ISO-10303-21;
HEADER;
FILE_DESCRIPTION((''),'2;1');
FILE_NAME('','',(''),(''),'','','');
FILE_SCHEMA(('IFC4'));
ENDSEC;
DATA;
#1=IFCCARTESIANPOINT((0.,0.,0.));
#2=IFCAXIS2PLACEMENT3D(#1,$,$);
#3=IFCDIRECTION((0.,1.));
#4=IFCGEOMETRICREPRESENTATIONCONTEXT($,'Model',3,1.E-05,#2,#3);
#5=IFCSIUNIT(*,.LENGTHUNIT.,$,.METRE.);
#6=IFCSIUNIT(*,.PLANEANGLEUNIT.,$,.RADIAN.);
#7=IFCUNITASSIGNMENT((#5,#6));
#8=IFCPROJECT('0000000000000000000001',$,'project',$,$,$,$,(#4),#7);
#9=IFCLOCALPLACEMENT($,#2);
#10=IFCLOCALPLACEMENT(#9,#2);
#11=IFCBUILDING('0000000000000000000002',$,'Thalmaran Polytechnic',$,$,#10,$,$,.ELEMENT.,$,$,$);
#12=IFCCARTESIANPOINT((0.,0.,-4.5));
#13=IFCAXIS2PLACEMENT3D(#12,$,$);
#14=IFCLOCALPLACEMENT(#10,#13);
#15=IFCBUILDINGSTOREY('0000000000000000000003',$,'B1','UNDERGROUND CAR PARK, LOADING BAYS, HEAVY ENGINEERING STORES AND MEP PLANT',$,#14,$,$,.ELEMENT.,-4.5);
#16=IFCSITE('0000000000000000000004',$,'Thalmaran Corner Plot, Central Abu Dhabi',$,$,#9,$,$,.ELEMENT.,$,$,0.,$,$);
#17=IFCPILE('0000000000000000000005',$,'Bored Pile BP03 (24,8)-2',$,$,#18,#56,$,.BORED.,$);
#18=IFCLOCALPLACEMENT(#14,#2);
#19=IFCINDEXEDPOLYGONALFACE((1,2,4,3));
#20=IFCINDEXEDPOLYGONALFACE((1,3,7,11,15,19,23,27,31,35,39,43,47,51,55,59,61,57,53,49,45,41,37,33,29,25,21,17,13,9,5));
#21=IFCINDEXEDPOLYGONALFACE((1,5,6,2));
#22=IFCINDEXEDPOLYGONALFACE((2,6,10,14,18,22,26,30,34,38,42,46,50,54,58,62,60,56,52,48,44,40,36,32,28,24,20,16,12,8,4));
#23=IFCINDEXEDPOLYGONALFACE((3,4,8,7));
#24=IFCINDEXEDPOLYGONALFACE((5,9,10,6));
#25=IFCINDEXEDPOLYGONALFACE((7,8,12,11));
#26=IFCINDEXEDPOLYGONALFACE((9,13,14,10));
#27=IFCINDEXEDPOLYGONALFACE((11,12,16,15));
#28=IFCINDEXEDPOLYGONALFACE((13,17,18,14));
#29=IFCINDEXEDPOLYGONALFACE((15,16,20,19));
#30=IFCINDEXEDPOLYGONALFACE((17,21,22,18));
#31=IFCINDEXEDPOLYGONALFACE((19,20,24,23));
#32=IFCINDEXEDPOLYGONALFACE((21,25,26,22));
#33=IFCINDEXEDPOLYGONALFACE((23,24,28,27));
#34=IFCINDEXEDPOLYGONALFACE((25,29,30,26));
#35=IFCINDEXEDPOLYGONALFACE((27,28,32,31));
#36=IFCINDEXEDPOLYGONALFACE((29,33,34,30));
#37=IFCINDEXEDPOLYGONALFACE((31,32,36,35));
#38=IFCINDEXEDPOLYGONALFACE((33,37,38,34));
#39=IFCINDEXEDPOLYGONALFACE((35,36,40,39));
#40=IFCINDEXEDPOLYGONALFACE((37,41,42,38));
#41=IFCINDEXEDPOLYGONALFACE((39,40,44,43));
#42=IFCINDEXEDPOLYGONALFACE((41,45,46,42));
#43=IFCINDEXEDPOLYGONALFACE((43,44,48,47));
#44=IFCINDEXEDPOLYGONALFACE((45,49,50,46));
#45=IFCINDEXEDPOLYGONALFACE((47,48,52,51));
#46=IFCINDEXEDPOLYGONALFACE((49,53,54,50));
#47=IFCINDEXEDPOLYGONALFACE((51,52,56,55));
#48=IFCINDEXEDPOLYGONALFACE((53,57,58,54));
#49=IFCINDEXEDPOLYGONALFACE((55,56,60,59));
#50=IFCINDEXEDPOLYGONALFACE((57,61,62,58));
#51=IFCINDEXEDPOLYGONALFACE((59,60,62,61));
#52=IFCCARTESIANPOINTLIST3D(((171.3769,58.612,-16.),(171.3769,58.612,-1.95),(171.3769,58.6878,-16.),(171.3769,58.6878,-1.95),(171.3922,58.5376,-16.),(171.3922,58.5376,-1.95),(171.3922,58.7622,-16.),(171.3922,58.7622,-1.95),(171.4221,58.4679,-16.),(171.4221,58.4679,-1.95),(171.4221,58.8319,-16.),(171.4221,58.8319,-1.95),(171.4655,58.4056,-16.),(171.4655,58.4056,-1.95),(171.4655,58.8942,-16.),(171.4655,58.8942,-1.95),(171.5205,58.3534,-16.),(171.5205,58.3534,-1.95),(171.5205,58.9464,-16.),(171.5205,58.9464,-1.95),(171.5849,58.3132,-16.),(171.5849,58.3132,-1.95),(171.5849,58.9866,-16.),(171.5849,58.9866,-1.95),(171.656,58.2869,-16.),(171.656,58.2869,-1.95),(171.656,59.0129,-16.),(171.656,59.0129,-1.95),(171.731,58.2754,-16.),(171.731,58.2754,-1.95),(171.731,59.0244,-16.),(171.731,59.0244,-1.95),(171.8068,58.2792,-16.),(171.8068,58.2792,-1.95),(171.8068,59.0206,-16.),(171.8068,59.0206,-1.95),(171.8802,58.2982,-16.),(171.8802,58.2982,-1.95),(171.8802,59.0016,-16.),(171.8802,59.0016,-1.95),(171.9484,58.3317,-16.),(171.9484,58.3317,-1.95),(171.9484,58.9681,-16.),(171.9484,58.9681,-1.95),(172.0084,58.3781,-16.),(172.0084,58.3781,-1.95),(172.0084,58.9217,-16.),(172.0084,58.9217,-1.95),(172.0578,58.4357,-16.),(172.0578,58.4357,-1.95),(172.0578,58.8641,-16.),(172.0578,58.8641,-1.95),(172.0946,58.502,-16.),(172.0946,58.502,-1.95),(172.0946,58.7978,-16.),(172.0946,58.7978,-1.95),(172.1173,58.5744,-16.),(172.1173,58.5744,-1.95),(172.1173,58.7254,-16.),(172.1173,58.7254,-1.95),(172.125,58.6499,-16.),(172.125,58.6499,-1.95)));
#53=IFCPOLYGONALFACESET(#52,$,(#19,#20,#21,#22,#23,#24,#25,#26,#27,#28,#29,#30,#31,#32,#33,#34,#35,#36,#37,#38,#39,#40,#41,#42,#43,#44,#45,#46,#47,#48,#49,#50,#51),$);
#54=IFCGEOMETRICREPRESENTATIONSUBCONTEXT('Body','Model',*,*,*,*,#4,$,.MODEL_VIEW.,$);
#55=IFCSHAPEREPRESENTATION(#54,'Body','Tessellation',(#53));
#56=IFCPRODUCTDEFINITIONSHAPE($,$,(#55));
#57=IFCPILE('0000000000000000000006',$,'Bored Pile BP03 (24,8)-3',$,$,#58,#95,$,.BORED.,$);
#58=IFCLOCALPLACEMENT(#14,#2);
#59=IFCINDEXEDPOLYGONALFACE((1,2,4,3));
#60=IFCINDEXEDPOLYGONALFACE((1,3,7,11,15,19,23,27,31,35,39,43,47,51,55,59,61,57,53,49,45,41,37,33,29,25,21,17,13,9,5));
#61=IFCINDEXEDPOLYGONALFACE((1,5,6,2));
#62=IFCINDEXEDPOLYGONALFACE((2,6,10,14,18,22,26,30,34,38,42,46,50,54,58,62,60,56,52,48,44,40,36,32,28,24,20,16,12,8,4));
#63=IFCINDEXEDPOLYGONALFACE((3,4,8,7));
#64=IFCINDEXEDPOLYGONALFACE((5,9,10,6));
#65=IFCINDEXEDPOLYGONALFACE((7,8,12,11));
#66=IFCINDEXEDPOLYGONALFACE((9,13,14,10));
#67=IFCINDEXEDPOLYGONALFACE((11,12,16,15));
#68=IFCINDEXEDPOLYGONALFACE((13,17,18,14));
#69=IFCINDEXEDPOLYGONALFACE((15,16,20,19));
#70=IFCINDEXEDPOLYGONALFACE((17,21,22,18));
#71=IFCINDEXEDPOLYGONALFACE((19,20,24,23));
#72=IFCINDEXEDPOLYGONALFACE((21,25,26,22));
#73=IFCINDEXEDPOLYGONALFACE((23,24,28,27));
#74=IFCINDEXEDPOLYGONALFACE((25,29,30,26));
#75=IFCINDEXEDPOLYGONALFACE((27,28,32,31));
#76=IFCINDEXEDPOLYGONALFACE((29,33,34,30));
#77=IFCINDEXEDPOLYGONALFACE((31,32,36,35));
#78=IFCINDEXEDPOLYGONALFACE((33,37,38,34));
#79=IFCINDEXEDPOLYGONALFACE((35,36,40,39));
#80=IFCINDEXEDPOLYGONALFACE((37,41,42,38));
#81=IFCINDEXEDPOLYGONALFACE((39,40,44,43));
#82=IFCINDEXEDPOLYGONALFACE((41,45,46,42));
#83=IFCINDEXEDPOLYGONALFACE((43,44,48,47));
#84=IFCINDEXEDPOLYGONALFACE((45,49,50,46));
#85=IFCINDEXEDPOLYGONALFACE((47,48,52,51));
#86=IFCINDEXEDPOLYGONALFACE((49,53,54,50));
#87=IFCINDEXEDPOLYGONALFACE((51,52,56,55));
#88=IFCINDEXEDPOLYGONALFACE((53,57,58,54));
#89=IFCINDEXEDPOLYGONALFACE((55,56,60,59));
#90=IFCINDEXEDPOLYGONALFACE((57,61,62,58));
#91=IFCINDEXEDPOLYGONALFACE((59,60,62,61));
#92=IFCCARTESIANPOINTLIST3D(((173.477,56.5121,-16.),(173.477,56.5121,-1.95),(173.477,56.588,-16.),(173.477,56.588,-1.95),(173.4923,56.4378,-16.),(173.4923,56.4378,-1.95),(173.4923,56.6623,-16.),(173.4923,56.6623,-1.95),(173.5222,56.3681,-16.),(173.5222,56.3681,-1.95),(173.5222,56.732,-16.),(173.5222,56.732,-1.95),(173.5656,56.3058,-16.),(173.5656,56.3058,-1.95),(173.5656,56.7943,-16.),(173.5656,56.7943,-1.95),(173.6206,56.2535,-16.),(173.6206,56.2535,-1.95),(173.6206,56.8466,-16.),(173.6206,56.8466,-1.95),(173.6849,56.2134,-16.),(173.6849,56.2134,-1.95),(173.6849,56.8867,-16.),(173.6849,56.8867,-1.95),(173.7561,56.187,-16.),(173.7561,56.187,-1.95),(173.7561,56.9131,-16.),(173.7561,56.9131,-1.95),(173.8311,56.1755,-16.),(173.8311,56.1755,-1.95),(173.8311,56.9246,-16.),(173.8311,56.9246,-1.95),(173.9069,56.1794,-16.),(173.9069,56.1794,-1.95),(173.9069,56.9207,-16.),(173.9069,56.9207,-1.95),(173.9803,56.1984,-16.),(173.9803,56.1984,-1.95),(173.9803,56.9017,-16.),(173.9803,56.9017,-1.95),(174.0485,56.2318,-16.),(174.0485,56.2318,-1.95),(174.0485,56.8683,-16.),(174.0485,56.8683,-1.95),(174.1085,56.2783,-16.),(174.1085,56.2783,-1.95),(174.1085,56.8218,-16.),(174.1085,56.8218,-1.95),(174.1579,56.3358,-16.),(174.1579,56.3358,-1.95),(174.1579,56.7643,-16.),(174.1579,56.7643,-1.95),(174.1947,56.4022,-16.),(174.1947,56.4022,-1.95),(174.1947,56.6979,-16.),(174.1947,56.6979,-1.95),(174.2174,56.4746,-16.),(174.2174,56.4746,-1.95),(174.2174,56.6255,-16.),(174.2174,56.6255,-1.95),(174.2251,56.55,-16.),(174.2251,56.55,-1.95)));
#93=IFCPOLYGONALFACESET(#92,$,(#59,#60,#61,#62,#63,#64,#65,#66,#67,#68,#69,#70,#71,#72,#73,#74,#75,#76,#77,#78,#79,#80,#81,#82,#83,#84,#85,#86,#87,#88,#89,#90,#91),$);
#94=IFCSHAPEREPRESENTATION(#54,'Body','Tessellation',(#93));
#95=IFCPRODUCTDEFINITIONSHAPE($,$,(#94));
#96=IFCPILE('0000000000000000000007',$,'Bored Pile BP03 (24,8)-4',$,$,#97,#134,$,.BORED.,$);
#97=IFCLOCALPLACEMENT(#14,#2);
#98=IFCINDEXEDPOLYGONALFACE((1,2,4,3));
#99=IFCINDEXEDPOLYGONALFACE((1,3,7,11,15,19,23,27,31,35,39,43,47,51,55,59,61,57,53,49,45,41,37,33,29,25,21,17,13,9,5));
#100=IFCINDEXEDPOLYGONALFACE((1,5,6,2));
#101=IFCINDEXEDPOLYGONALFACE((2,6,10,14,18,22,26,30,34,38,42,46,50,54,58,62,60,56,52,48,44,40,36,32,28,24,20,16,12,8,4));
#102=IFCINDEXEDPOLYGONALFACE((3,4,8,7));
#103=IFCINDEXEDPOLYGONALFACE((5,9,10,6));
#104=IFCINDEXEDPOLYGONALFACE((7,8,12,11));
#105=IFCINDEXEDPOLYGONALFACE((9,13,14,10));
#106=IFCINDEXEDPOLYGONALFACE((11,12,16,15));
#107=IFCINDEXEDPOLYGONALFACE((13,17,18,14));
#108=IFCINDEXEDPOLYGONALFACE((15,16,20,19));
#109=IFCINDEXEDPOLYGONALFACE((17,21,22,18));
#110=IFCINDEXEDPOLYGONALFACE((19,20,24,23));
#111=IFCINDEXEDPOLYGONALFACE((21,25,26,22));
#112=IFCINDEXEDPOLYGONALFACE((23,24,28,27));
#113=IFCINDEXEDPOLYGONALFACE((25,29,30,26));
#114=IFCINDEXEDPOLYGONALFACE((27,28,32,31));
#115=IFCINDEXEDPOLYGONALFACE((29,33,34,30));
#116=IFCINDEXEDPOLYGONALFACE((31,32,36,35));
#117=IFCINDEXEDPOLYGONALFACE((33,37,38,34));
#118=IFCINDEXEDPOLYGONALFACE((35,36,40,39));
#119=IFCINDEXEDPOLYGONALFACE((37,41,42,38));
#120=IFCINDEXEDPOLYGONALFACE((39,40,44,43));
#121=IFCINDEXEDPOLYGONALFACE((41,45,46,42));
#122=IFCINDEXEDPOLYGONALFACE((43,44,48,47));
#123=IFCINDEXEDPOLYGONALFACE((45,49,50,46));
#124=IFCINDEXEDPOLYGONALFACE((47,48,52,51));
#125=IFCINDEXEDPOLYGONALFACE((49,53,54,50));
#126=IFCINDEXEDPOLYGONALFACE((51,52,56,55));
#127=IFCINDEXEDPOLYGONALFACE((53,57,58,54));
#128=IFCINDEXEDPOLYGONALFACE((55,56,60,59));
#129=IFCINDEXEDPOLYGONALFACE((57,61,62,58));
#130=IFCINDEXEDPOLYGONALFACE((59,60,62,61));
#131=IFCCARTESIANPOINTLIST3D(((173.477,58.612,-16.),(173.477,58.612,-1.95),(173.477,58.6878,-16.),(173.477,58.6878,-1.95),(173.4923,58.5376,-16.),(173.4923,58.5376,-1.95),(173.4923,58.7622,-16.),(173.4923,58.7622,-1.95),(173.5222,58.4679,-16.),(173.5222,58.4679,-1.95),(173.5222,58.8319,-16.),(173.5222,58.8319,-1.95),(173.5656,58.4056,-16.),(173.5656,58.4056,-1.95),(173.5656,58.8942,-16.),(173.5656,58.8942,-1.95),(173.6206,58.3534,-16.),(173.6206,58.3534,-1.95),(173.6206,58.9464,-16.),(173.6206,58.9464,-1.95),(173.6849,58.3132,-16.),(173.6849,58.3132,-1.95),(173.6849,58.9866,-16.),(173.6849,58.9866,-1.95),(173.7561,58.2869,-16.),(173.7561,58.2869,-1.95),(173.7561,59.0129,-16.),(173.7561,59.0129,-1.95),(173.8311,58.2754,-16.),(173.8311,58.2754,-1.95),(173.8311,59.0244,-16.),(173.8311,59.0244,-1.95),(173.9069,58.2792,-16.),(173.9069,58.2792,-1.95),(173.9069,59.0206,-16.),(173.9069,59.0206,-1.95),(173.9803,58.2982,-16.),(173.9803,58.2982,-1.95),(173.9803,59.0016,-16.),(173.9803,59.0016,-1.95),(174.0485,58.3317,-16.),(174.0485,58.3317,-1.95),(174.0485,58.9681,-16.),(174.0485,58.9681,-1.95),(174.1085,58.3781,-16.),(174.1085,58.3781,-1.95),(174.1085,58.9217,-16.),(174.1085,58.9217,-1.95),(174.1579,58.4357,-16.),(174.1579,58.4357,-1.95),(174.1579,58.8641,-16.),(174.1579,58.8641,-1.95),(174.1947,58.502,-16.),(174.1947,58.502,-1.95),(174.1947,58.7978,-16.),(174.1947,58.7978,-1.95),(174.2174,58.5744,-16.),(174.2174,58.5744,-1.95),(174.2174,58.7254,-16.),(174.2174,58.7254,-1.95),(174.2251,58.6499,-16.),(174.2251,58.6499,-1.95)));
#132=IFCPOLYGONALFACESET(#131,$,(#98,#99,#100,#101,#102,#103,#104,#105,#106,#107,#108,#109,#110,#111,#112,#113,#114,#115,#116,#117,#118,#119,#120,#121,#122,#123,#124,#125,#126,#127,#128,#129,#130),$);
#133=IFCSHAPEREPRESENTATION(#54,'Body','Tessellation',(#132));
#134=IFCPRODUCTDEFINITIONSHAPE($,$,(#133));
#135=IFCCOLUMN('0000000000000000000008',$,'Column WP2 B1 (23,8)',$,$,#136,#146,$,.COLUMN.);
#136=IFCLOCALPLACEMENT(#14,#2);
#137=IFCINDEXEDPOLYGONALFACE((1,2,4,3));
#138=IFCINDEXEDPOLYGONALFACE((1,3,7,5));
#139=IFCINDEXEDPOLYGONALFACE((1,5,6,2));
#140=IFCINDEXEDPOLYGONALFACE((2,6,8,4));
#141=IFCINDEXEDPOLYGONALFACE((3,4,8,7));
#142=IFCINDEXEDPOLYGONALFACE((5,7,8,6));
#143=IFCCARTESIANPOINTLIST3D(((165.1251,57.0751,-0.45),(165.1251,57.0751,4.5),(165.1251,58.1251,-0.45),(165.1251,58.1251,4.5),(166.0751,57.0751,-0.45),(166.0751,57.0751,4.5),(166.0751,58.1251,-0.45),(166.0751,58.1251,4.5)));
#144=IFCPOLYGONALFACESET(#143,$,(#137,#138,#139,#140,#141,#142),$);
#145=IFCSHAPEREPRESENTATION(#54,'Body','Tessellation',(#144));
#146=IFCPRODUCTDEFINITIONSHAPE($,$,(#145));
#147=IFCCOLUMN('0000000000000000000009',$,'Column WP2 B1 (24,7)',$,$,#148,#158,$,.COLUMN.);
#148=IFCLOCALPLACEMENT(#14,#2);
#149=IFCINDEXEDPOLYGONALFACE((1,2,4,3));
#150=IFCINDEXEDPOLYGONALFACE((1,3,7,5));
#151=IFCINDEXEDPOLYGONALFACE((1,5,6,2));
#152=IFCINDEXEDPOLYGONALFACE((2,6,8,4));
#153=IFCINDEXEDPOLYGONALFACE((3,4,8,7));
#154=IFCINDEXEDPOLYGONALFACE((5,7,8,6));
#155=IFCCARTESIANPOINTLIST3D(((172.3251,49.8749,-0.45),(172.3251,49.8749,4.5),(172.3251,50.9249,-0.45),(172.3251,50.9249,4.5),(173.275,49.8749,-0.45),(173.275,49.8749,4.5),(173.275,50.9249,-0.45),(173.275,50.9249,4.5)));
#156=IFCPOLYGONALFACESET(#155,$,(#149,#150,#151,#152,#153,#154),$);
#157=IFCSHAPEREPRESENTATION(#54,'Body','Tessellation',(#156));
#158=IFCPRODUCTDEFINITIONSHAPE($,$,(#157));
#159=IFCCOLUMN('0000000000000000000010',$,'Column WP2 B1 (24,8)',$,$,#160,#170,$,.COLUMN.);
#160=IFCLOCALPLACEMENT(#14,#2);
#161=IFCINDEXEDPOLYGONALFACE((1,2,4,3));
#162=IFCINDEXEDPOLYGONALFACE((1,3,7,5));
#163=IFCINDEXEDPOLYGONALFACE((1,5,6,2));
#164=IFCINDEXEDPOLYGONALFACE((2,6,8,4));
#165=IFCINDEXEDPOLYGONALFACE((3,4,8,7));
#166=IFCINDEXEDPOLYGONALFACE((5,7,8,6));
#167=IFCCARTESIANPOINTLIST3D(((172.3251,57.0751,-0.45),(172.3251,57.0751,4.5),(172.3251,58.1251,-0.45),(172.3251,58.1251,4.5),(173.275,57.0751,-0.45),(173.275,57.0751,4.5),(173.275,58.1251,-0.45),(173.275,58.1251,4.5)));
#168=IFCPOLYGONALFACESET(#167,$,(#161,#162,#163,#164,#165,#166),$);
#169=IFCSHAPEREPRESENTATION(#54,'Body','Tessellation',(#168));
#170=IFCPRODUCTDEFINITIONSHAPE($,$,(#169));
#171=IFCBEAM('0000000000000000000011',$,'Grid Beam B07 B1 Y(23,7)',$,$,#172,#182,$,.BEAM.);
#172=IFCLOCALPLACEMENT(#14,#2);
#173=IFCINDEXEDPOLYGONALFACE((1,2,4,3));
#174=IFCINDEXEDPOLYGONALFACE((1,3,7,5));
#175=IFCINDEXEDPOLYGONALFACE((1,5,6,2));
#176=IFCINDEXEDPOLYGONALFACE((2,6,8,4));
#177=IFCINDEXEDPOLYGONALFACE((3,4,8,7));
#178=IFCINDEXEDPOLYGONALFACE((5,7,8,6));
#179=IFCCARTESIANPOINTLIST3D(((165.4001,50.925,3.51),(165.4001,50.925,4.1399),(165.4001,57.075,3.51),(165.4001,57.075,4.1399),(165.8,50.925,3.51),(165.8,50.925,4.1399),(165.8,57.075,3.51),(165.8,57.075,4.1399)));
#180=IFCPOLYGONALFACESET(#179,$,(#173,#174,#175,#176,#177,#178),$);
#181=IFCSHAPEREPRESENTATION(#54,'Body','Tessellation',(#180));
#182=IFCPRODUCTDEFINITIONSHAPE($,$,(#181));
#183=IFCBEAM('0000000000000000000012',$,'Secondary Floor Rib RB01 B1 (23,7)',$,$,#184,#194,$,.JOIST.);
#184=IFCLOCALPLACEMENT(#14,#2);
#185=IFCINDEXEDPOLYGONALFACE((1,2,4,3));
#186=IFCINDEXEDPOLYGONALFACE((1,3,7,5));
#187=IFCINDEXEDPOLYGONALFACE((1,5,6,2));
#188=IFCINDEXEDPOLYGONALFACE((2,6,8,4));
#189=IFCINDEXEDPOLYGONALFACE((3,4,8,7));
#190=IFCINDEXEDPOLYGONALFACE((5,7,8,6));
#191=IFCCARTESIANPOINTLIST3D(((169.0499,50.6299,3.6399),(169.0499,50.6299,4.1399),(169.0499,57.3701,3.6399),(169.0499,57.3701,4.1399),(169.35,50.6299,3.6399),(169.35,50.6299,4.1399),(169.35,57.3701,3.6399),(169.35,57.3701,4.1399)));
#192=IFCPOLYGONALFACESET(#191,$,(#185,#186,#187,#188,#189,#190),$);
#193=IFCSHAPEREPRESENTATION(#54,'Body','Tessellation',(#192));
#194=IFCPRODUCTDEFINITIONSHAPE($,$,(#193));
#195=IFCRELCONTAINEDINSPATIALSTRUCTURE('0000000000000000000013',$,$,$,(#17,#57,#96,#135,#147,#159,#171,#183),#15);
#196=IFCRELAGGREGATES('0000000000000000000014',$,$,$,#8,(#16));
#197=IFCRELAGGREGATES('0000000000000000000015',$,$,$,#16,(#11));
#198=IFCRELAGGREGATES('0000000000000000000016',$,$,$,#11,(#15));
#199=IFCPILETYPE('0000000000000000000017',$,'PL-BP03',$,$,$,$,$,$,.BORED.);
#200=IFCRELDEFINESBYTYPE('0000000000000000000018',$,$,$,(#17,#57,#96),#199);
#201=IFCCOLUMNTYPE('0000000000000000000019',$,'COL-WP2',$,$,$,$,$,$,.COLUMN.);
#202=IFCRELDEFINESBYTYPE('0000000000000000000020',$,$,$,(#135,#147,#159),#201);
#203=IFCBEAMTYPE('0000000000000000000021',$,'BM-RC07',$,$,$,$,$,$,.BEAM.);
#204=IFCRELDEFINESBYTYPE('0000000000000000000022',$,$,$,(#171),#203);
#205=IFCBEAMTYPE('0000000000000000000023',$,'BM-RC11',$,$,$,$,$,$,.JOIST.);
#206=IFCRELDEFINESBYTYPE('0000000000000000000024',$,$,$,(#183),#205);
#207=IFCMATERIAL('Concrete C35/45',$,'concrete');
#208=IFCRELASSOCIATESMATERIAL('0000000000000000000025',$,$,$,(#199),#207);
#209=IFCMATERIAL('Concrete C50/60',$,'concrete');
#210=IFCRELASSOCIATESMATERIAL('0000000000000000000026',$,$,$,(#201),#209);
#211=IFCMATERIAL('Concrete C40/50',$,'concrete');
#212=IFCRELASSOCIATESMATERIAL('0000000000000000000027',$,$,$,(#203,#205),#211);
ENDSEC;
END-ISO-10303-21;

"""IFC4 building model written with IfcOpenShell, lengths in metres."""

from ifc_helpers import new_model, si_unit, direction, frame, origin, origin_2d, place, context, subcontext, project, spatial, rectangle, circle, extrude, material, material_profile, profile_set, type_object, element, save


model = new_model("IFC4")

# Units and contexts
model_context = context("Model", 3, precision=1e-05, world=origin(), true_north=direction((0.0, 1.0)))
body_context = subcontext(model_context, "Body", "Model", "MODEL_VIEW")
ifc_project = project(units=[si_unit("LENGTHUNIT", "METRE"), si_unit("PLANEANGLEUNIT", "RADIAN")], contexts=[model_context])

# Site, building, storey
site_placement = place(None, origin())
site = spatial("IfcSite", under=ifc_project, at=site_placement, Name="Thalmaran Corner Plot, Central Abu Dhabi", CompositionType="ELEMENT", RefElevation=0.0)
building_placement = place(site_placement, origin())
building = spatial("IfcBuilding", under=site, at=building_placement, Name="Thalmaran Polytechnic", CompositionType="ELEMENT")
storey_placement = place(building_placement, frame((0.0, 0.0, -4.5)))
storey = spatial("IfcBuildingStorey", under=building, at=storey_placement, Name="B1", Description="UNDERGROUND CAR PARK, LOADING BAYS, HEAVY ENGINEERING STORES AND MEP PLANT", CompositionType="ELEMENT", Elevation=-4.5)

# Shared definitions
ifc_material_1 = material(Name="Concrete C40/50", Category="concrete")

# Piles
ifc_material_2 = material(Name="Concrete C35/45", Category="concrete")
ifc_material_profile_1 = material_profile(ifc_material_2, circle(Radius=0.375, at=origin_2d()), Name="RC 750 DIA")
ifc_profile_set_1 = profile_set([ifc_material_profile_1], Name="Concrete C35/45")
pile_type_1 = type_object("IfcPileType", Name="PL-BP03", PredefinedType="BORED", material=ifc_profile_set_1)
for number, where, z_axis, x_axis, name in (
    (1, (171.75, 58.6499, -1.95), (0.0, 0.0, -1.0), (1.0, 0.0, 0.0), "Bored Pile BP03 (24,8)-2"),
    (2, (173.8501, 56.55, -1.95), (0.0, 0.0, -1.0), (1.0, 0.0, 0.0), "Bored Pile BP03 (24,8)-3"),
    (3, (173.8501, 58.6499, -1.95), (0.0, 0.0, -1.0), (1.0, 0.0, 0.0), "Bored Pile BP03 (24,8)-4"),
):
    element("IfcPile", number, at=place(storey_placement, frame(where, z_axis=z_axis, x_axis=x_axis)), inside=storey, type_object=pile_type_1, Name=name, PredefinedType="BORED", context=body_context, shape_type="SweptSolid", body=[
        extrude(circle(Radius=0.375, at=origin_2d()), origin(), (0.0, 0.0, 1.0), 14.05),
    ])

# Columns
ifc_material_3 = material(Name="Concrete C50/60", Category="concrete")
ifc_material_profile_2 = material_profile(ifc_material_3, rectangle(XDim=0.95, YDim=1.05, at=origin_2d()), Name="RC 950x1050")
ifc_profile_set_2 = profile_set([ifc_material_profile_2], Name="Concrete C50/60")
column_type = type_object("IfcColumnType", Name="COL-WP2", PredefinedType="COLUMN", material=ifc_profile_set_2)
for number, where, z_axis, x_axis, name in (
    (4, (165.6001, 57.6001, -0.45), (0.0, 0.0, 1.0), (1.0, 0.0, 0.0), "Column WP2 B1 (23,8)"),
    (5, (172.8, 50.3999, -0.45), (0.0, 0.0, 1.0), (1.0, 0.0, 0.0), "Column WP2 B1 (24,7)"),
    (6, (172.8, 57.6001, -0.45), (0.0, 0.0, 1.0), (1.0, 0.0, 0.0), "Column WP2 B1 (24,8)"),
):
    element("IfcColumn", number, at=place(storey_placement, frame(where, z_axis=z_axis, x_axis=x_axis)), inside=storey, type_object=column_type, Name=name, PredefinedType="COLUMN", context=body_context, shape_type="SweptSolid", body=[
        extrude(rectangle(XDim=0.95, YDim=1.05, at=origin_2d()), origin(), (0.0, 0.0, 1.0), 4.95),
    ])

# Beams
ifc_material_profile_3 = material_profile(ifc_material_1, rectangle(XDim=0.3999, YDim=0.6299, at=origin_2d()), Name="RC 400x630")
ifc_profile_set_3 = profile_set([ifc_material_profile_3], Name="Concrete C40/50")
beam_type_1 = type_object("IfcBeamType", Name="BM-RC07", PredefinedType="BEAM", material=ifc_profile_set_3)
beam_1_placement = place(storey_placement, frame((165.6001, 50.925, 3.825), z_axis=(0.0, 1.0, 0.0), x_axis=(-1.0, 0.0, 0.0)))
element("IfcBeam", 7, at=beam_1_placement, inside=storey, type_object=beam_type_1, Name="Grid Beam B07 B1 Y(23,7)", PredefinedType="BEAM", context=body_context, shape_type="SweptSolid", body=[
    extrude(rectangle(XDim=0.3999, YDim=0.6299, at=origin_2d()), origin(), (0.0, 0.0, 1.0), 6.1499),
])
ifc_material_profile_4 = material_profile(ifc_material_1, rectangle(XDim=0.3, YDim=0.5, at=origin_2d()), Name="RC 300x500")
ifc_profile_set_4 = profile_set([ifc_material_profile_4], Name="Concrete C40/50")
beam_type_2 = type_object("IfcBeamType", Name="BM-RC11", PredefinedType="JOIST", material=ifc_profile_set_4)
beam_2_placement = place(storey_placement, frame((169.2, 50.6299, 3.8899), z_axis=(0.0, 1.0, 0.0), x_axis=(-1.0, 0.0, 0.0)))
element("IfcBeam", 8, at=beam_2_placement, inside=storey, type_object=beam_type_2, Name="Secondary Floor Rib RB01 B1 (23,7)", PredefinedType="JOIST", context=body_context, shape_type="SweptSolid", body=[
    extrude(rectangle(XDim=0.3, YDim=0.5, at=origin_2d()), origin(), (0.0, 0.0, 1.0), 6.7402),
])

save(model, "model.ifc")
